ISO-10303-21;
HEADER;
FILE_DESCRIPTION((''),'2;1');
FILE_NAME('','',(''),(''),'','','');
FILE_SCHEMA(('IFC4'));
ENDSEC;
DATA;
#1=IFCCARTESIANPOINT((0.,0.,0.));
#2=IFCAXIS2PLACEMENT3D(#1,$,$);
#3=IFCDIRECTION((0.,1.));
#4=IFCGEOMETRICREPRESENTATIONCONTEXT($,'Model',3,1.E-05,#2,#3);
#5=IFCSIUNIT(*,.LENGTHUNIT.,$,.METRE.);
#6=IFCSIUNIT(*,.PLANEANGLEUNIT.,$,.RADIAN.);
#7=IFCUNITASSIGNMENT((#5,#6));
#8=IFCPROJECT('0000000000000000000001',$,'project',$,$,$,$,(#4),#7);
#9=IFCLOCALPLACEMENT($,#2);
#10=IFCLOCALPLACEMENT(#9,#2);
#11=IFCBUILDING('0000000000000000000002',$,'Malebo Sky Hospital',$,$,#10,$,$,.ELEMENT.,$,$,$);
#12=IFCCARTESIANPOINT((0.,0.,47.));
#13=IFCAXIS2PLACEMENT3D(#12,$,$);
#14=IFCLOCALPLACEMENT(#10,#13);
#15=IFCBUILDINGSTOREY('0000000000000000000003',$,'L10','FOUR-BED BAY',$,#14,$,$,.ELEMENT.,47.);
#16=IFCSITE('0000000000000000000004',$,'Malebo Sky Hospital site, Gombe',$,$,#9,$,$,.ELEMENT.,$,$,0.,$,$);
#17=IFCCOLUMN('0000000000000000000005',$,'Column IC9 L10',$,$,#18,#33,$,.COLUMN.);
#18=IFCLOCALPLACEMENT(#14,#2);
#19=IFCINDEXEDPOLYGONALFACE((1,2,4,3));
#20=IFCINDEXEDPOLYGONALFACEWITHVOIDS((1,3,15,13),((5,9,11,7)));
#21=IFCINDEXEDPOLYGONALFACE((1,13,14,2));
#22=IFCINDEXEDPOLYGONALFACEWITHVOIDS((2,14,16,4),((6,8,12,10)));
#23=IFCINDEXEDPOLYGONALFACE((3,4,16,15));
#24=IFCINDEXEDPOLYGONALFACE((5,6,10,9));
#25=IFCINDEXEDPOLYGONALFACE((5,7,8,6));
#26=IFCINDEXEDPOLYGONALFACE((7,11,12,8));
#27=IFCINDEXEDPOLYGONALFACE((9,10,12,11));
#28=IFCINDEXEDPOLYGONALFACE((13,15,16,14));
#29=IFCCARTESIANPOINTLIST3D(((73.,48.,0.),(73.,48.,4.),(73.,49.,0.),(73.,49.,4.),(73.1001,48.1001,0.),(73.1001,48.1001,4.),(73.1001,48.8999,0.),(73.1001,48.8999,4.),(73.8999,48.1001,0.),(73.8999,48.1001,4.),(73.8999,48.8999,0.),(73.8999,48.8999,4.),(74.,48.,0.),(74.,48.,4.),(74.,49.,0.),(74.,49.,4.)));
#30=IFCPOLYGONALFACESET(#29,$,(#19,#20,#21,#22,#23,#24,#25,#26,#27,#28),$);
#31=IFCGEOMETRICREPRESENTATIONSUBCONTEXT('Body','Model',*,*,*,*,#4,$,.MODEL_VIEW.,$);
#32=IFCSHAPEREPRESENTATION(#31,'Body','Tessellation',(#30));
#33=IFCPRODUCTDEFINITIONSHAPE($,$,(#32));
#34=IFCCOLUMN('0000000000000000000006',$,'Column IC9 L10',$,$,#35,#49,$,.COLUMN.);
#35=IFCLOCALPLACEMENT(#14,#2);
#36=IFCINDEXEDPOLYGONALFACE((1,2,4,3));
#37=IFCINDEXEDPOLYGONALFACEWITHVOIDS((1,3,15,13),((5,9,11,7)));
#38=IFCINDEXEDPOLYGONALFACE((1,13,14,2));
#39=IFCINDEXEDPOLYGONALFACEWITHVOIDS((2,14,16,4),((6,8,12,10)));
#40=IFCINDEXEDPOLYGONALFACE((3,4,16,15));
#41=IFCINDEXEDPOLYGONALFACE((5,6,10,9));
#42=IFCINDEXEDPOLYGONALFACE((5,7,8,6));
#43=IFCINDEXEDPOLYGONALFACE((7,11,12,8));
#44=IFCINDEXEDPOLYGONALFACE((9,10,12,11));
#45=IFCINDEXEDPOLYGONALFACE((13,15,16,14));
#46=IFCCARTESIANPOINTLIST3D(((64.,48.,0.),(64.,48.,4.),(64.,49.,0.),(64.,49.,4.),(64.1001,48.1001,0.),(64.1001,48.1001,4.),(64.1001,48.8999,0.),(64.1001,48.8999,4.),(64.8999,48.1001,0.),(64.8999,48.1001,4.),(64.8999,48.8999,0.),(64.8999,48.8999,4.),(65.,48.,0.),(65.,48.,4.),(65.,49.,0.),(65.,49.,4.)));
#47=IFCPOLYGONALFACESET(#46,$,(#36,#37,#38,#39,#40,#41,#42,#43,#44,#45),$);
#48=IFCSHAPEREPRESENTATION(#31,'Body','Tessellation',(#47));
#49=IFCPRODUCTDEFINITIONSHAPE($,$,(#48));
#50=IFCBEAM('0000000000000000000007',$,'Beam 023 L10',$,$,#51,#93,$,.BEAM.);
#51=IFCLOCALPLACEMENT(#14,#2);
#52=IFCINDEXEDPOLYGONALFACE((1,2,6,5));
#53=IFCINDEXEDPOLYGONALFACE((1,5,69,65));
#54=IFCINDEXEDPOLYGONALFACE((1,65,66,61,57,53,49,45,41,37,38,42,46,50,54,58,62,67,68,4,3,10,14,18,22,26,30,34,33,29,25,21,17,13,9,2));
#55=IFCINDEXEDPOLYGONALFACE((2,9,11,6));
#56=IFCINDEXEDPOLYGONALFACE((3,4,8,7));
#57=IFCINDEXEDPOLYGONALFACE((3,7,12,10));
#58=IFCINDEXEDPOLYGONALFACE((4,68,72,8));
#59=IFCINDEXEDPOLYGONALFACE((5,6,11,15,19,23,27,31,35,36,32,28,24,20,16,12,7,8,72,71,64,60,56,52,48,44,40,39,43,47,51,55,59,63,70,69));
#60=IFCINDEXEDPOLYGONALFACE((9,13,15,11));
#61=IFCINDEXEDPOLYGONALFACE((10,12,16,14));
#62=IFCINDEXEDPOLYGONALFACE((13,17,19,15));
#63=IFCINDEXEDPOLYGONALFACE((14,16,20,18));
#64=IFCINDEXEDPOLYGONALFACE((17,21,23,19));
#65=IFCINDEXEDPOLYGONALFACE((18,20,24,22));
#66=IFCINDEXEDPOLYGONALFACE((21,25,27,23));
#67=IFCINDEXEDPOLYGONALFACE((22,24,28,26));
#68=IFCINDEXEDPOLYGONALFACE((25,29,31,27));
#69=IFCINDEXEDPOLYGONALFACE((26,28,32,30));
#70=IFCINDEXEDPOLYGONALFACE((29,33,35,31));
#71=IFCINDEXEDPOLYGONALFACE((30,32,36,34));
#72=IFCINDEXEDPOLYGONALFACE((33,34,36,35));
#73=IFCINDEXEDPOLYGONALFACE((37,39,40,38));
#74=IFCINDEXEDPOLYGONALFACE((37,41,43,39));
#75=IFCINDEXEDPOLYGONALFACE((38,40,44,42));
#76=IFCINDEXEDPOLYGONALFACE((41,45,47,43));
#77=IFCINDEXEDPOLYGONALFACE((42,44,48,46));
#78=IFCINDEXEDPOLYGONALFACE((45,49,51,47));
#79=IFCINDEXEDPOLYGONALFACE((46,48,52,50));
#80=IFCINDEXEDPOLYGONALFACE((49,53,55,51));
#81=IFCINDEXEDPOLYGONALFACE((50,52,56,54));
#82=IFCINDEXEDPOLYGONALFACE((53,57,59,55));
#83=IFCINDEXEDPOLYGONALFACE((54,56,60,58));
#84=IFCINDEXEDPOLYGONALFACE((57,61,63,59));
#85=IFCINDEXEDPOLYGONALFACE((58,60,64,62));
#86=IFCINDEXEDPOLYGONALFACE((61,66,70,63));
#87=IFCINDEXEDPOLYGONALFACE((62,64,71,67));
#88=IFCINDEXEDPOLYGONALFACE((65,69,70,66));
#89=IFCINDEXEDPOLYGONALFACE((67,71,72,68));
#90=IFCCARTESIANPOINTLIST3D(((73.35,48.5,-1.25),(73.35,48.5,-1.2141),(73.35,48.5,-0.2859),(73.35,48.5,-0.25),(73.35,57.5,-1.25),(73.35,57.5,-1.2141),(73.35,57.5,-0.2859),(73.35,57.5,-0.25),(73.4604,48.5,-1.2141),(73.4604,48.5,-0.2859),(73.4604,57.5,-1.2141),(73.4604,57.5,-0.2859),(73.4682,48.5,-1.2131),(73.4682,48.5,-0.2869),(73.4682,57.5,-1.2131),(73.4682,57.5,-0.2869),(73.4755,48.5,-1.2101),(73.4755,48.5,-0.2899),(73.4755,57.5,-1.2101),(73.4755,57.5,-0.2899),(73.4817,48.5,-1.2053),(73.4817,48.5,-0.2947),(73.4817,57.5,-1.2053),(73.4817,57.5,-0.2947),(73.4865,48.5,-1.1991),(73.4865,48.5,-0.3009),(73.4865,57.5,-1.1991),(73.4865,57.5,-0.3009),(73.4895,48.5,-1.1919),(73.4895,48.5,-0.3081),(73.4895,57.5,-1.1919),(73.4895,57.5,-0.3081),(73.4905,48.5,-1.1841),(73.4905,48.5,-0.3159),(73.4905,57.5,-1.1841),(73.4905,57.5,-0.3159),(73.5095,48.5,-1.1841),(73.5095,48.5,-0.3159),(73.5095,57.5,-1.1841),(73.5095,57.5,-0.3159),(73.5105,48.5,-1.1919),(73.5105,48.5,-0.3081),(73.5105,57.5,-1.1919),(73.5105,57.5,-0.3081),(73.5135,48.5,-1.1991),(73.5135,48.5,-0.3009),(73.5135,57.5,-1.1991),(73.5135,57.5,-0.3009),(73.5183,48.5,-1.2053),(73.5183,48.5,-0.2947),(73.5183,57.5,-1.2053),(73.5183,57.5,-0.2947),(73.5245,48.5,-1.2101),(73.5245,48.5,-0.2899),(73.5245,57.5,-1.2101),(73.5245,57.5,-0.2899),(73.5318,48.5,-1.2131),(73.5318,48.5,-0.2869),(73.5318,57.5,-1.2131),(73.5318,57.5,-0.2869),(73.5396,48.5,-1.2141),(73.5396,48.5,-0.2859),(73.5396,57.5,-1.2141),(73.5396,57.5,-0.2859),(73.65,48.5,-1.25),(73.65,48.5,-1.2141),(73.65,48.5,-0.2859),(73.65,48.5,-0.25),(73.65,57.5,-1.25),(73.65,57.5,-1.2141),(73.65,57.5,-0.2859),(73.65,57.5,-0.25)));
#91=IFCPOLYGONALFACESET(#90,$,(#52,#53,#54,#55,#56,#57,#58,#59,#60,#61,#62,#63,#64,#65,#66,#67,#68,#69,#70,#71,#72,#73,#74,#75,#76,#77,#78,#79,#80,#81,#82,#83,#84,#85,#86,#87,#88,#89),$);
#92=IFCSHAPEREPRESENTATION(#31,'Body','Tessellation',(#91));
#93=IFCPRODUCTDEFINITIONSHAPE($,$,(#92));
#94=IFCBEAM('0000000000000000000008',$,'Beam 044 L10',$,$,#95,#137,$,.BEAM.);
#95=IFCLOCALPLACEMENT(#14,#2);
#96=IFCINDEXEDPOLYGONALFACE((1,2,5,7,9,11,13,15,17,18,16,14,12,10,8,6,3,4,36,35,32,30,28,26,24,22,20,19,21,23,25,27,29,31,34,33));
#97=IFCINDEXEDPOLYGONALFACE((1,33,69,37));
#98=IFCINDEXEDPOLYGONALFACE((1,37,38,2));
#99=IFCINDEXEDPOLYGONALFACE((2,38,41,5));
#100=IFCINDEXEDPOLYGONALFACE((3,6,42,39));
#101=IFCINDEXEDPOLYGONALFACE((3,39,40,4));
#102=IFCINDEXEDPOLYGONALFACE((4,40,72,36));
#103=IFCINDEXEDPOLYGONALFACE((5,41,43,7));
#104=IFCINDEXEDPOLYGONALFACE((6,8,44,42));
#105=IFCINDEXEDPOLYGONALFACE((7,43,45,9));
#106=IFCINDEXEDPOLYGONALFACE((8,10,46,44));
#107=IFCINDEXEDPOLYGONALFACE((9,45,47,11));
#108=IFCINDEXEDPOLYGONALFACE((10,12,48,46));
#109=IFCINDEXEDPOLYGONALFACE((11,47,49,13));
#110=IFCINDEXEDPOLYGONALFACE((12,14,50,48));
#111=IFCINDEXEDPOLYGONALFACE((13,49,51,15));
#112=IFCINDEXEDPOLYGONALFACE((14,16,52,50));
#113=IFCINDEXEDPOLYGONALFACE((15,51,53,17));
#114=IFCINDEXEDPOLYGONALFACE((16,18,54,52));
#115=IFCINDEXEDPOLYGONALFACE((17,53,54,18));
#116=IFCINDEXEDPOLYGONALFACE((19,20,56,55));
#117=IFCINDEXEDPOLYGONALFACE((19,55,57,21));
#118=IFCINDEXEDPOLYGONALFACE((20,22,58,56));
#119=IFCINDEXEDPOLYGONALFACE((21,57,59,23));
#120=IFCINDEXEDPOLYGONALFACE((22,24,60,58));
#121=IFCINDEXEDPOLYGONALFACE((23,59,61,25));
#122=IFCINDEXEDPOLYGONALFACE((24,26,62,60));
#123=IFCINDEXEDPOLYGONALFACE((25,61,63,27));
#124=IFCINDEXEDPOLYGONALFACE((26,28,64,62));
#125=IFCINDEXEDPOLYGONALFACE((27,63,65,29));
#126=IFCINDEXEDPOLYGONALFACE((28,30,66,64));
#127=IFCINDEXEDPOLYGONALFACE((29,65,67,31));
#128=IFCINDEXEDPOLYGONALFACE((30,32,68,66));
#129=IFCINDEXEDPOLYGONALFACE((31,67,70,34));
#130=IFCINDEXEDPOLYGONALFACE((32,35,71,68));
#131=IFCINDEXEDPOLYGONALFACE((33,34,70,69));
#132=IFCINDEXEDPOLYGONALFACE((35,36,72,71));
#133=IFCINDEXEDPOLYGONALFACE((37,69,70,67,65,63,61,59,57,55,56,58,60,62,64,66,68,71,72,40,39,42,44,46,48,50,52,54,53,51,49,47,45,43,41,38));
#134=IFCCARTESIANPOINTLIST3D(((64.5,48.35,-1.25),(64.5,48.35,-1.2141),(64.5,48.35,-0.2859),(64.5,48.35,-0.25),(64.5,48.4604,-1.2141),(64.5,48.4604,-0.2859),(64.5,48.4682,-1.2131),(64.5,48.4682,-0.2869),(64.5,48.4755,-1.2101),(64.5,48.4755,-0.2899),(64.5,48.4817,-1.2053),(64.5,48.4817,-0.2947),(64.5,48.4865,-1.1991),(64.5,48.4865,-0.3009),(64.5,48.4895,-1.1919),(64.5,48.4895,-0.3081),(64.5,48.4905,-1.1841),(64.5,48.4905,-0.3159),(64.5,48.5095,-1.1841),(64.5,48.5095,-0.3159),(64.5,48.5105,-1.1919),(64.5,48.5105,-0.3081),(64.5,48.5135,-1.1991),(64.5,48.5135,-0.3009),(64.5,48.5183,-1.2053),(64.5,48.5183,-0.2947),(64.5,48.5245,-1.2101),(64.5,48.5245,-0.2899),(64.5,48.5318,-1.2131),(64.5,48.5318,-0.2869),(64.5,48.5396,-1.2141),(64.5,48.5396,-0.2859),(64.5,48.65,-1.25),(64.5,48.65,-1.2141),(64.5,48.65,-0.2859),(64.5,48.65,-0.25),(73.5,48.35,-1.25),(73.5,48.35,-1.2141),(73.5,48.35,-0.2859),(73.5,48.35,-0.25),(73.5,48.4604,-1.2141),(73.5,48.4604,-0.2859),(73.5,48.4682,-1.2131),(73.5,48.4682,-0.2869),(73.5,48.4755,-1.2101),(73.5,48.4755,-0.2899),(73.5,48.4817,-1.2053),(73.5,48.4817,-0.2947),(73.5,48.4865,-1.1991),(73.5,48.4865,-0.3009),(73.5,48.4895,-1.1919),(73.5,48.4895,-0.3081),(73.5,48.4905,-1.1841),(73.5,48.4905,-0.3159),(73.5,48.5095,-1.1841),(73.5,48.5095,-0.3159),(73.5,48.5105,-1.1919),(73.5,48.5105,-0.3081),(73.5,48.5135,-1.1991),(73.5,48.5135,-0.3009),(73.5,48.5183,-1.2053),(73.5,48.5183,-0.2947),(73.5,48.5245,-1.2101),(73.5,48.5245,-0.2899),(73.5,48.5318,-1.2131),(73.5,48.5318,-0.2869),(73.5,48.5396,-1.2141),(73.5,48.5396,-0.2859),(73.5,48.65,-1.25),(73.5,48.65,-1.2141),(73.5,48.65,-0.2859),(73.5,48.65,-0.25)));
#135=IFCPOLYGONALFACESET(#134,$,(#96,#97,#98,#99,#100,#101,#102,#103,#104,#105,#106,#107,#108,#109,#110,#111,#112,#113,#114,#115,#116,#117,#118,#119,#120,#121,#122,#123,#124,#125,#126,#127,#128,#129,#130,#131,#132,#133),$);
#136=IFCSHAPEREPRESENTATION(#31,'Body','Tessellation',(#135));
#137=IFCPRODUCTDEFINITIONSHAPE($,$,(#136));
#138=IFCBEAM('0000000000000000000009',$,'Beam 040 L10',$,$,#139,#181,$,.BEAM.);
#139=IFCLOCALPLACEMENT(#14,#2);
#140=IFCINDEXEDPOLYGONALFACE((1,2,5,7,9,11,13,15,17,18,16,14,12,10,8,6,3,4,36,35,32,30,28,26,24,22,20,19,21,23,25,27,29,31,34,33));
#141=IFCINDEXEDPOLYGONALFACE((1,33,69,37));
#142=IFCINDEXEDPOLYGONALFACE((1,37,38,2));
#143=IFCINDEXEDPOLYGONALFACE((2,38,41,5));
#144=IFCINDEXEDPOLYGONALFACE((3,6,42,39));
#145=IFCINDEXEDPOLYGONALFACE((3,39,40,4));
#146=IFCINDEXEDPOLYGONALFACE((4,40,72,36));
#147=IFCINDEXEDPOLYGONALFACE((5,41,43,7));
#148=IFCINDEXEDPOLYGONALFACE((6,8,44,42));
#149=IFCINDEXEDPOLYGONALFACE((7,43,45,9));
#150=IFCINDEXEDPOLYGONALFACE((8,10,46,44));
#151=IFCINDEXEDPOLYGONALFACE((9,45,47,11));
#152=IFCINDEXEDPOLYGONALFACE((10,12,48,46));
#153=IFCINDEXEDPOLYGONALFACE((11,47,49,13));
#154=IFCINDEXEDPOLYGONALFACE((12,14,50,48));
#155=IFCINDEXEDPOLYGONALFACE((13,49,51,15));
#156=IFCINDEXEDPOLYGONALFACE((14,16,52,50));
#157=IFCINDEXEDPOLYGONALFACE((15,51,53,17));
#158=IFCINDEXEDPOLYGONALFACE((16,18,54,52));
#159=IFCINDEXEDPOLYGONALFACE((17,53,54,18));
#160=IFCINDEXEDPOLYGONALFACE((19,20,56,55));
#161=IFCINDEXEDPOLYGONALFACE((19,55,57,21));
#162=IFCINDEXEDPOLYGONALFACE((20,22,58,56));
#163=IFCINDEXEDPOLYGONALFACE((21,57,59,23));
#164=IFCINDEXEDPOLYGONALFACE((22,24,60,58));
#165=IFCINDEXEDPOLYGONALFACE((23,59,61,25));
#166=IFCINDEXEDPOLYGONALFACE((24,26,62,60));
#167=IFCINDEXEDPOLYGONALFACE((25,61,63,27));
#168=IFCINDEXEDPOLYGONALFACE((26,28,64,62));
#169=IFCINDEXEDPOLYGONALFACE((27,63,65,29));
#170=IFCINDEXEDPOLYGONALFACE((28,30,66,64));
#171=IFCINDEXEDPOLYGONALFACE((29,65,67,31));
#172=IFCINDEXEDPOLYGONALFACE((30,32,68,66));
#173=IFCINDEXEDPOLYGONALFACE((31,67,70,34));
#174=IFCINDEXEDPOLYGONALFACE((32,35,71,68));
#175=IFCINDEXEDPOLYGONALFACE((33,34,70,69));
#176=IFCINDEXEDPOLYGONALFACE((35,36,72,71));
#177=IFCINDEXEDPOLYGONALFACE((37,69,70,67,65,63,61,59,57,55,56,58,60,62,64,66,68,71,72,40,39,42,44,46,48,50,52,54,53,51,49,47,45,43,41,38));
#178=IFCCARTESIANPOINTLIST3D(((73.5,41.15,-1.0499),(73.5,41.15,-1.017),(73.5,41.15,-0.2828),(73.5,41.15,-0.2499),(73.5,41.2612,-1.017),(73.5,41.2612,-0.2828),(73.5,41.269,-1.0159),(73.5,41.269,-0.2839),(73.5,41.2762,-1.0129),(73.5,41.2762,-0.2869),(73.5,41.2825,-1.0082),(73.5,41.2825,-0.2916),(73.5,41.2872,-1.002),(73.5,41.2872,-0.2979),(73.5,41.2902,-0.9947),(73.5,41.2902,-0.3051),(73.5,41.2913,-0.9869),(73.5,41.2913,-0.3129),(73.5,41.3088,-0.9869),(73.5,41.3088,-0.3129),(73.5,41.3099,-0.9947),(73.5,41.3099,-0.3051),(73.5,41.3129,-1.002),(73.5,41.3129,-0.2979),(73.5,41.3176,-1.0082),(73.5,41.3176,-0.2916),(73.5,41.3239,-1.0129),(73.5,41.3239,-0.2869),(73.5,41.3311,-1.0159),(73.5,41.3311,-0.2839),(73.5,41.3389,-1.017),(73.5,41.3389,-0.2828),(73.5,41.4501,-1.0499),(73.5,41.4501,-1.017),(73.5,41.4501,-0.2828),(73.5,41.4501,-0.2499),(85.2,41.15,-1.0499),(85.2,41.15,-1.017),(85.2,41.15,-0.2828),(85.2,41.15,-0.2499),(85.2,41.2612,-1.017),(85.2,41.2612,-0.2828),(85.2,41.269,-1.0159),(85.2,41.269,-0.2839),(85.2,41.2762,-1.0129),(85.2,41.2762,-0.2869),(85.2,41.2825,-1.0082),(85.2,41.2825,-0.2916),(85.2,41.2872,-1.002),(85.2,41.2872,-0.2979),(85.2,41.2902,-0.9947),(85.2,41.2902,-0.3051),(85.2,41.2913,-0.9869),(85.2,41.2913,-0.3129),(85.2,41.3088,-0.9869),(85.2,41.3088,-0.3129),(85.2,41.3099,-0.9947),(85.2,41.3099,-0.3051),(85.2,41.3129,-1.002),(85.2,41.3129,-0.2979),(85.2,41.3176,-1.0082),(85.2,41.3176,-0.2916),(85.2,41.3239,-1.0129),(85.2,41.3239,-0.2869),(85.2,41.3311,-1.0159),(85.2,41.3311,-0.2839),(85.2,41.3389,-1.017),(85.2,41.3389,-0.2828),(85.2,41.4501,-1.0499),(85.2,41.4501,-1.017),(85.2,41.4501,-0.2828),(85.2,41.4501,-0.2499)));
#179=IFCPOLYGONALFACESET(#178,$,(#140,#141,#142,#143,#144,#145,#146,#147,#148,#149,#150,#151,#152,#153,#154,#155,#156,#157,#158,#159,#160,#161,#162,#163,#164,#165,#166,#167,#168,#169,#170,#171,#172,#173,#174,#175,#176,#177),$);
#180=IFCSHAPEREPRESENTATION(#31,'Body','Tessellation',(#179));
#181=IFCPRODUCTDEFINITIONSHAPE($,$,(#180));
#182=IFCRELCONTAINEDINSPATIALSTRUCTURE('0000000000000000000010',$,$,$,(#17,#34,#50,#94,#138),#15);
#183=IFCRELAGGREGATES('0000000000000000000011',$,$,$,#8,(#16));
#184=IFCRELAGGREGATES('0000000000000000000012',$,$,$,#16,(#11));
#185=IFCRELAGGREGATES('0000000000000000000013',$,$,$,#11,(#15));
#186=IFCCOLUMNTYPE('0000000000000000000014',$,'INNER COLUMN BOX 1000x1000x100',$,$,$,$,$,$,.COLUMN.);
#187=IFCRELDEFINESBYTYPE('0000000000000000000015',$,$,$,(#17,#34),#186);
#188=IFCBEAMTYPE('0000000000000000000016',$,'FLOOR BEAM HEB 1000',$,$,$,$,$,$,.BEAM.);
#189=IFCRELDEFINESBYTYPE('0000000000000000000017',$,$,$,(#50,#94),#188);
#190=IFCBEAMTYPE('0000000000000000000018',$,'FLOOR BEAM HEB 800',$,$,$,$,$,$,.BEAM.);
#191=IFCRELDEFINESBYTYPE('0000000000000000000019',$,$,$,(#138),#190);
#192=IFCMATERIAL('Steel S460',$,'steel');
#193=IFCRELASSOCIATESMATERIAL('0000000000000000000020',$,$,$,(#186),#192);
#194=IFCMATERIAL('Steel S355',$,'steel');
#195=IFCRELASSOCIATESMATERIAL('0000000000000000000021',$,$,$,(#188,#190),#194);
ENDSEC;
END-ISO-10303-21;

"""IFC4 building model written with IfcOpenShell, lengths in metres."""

from ifc_helpers import new_model, si_unit, direction, frame, origin, origin_2d, place, context, subcontext, project, spatial, hollow_rectangle, i_section, extrude, material, material_profile, profile_set, type_object, element, save


model = new_model("IFC4")

# Units and contexts
model_context = context("Model", 3, precision=1e-05, world=origin(), true_north=direction((0.0, 1.0)))
body_context = subcontext(model_context, "Body", "Model", "MODEL_VIEW")
ifc_project = project(units=[si_unit("LENGTHUNIT", "METRE"), si_unit("PLANEANGLEUNIT", "RADIAN")], contexts=[model_context])

# Site, building, storey
site_placement = place(None, origin())
site = spatial("IfcSite", under=ifc_project, at=site_placement, Name="Malebo Sky Hospital site, Gombe", CompositionType="ELEMENT", RefElevation=0.0)
building_placement = place(site_placement, origin())
building = spatial("IfcBuilding", under=site, at=building_placement, Name="Malebo Sky Hospital", CompositionType="ELEMENT")
storey_placement = place(building_placement, frame((0.0, 0.0, 47.0)))
storey = spatial("IfcBuildingStorey", under=building, at=storey_placement, Name="L10", Description="FOUR-BED BAY", CompositionType="ELEMENT", Elevation=47.0)

# Columns
ifc_material_1 = material(Name="Steel S460", Category="steel")
ifc_material_profile_1 = material_profile(ifc_material_1, hollow_rectangle(XDim=1.0, YDim=1.0, WallThickness=0.1001, at=origin_2d()), Name="BOX 1000x1000x100")
ifc_profile_set_1 = profile_set([ifc_material_profile_1], Name="Steel S460")
column_type = type_object("IfcColumnType", Name="INNER COLUMN BOX 1000x1000x100", PredefinedType="COLUMN", material=ifc_profile_set_1)
for number, where, z_axis, x_axis, name in (
    (1, (73.5, 48.5, 0.0), (0.0, 0.0, 1.0), (1.0, 0.0, 0.0), "Column IC9 L10"),
    (2, (64.5, 48.5, 0.0), (0.0, 0.0, 1.0), (1.0, 0.0, 0.0), "Column IC9 L10"),
):
    element("IfcColumn", number, at=place(storey_placement, frame(where, z_axis=z_axis, x_axis=x_axis)), inside=storey, type_object=column_type, Name=name, PredefinedType="COLUMN", context=body_context, shape_type="SweptSolid", body=[
        extrude(hollow_rectangle(XDim=1.0, YDim=1.0, WallThickness=0.1001, at=origin_2d()), origin(), (0.0, 0.0, 1.0), 4.0),
    ])

# Beams
ifc_material_2 = material(Name="Steel S355", Category="steel")
ifc_material_profile_2 = material_profile(ifc_material_2, i_section(OverallWidth=0.3, OverallDepth=1.0, WebThickness=0.019, FlangeThickness=0.0359, FilletRadius=0.03, at=origin_2d()), Name="HEB 1000")
ifc_profile_set_2 = profile_set([ifc_material_profile_2], Name="Steel S355")
beam_type_1 = type_object("IfcBeamType", Name="FLOOR BEAM HEB 1000", PredefinedType="BEAM", material=ifc_profile_set_2)
for number, where, z_axis, x_axis, name in (
    (3, (73.5, 48.5, -0.75), (0.0, 1.0, 0.0), (-1.0, 0.0, 0.0), "Beam 023 L10"),
    (4, (64.5, 48.5, -0.75), (1.0, 0.0, 0.0), (0.0, 1.0, 0.0), "Beam 044 L10"),
):
    element("IfcBeam", number, at=place(storey_placement, frame(where, z_axis=z_axis, x_axis=x_axis)), inside=storey, type_object=beam_type_1, Name=name, PredefinedType="BEAM", context=body_context, shape_type="SweptSolid", body=[
        extrude(i_section(OverallWidth=0.3, OverallDepth=1.0, WebThickness=0.019, FlangeThickness=0.0359, FilletRadius=0.03, at=origin_2d()), origin(), (0.0, 0.0, 1.0), 9.0),
    ])
ifc_material_profile_3 = material_profile(ifc_material_2, i_section(OverallWidth=0.3, OverallDepth=0.8, WebThickness=0.0176, FlangeThickness=0.033, FilletRadius=0.03, at=origin_2d()), Name="HEB 800")
ifc_profile_set_3 = profile_set([ifc_material_profile_3], Name="Steel S355")
beam_type_2 = type_object("IfcBeamType", Name="FLOOR BEAM HEB 800", PredefinedType="BEAM", material=ifc_profile_set_3)
beam_1_placement = place(storey_placement, frame((73.5, 41.3, -0.6499), z_axis=(1.0, 0.0, 0.0), x_axis=(0.0, 1.0, 0.0)))
element("IfcBeam", 5, at=beam_1_placement, inside=storey, type_object=beam_type_2, Name="Beam 040 L10", PredefinedType="BEAM", context=body_context, shape_type="SweptSolid", body=[
    extrude(i_section(OverallWidth=0.3, OverallDepth=0.8, WebThickness=0.0176, FlangeThickness=0.033, FilletRadius=0.03, at=origin_2d()), origin(), (0.0, 0.0, 1.0), 11.7),
])

save(model, "model.ifc")
